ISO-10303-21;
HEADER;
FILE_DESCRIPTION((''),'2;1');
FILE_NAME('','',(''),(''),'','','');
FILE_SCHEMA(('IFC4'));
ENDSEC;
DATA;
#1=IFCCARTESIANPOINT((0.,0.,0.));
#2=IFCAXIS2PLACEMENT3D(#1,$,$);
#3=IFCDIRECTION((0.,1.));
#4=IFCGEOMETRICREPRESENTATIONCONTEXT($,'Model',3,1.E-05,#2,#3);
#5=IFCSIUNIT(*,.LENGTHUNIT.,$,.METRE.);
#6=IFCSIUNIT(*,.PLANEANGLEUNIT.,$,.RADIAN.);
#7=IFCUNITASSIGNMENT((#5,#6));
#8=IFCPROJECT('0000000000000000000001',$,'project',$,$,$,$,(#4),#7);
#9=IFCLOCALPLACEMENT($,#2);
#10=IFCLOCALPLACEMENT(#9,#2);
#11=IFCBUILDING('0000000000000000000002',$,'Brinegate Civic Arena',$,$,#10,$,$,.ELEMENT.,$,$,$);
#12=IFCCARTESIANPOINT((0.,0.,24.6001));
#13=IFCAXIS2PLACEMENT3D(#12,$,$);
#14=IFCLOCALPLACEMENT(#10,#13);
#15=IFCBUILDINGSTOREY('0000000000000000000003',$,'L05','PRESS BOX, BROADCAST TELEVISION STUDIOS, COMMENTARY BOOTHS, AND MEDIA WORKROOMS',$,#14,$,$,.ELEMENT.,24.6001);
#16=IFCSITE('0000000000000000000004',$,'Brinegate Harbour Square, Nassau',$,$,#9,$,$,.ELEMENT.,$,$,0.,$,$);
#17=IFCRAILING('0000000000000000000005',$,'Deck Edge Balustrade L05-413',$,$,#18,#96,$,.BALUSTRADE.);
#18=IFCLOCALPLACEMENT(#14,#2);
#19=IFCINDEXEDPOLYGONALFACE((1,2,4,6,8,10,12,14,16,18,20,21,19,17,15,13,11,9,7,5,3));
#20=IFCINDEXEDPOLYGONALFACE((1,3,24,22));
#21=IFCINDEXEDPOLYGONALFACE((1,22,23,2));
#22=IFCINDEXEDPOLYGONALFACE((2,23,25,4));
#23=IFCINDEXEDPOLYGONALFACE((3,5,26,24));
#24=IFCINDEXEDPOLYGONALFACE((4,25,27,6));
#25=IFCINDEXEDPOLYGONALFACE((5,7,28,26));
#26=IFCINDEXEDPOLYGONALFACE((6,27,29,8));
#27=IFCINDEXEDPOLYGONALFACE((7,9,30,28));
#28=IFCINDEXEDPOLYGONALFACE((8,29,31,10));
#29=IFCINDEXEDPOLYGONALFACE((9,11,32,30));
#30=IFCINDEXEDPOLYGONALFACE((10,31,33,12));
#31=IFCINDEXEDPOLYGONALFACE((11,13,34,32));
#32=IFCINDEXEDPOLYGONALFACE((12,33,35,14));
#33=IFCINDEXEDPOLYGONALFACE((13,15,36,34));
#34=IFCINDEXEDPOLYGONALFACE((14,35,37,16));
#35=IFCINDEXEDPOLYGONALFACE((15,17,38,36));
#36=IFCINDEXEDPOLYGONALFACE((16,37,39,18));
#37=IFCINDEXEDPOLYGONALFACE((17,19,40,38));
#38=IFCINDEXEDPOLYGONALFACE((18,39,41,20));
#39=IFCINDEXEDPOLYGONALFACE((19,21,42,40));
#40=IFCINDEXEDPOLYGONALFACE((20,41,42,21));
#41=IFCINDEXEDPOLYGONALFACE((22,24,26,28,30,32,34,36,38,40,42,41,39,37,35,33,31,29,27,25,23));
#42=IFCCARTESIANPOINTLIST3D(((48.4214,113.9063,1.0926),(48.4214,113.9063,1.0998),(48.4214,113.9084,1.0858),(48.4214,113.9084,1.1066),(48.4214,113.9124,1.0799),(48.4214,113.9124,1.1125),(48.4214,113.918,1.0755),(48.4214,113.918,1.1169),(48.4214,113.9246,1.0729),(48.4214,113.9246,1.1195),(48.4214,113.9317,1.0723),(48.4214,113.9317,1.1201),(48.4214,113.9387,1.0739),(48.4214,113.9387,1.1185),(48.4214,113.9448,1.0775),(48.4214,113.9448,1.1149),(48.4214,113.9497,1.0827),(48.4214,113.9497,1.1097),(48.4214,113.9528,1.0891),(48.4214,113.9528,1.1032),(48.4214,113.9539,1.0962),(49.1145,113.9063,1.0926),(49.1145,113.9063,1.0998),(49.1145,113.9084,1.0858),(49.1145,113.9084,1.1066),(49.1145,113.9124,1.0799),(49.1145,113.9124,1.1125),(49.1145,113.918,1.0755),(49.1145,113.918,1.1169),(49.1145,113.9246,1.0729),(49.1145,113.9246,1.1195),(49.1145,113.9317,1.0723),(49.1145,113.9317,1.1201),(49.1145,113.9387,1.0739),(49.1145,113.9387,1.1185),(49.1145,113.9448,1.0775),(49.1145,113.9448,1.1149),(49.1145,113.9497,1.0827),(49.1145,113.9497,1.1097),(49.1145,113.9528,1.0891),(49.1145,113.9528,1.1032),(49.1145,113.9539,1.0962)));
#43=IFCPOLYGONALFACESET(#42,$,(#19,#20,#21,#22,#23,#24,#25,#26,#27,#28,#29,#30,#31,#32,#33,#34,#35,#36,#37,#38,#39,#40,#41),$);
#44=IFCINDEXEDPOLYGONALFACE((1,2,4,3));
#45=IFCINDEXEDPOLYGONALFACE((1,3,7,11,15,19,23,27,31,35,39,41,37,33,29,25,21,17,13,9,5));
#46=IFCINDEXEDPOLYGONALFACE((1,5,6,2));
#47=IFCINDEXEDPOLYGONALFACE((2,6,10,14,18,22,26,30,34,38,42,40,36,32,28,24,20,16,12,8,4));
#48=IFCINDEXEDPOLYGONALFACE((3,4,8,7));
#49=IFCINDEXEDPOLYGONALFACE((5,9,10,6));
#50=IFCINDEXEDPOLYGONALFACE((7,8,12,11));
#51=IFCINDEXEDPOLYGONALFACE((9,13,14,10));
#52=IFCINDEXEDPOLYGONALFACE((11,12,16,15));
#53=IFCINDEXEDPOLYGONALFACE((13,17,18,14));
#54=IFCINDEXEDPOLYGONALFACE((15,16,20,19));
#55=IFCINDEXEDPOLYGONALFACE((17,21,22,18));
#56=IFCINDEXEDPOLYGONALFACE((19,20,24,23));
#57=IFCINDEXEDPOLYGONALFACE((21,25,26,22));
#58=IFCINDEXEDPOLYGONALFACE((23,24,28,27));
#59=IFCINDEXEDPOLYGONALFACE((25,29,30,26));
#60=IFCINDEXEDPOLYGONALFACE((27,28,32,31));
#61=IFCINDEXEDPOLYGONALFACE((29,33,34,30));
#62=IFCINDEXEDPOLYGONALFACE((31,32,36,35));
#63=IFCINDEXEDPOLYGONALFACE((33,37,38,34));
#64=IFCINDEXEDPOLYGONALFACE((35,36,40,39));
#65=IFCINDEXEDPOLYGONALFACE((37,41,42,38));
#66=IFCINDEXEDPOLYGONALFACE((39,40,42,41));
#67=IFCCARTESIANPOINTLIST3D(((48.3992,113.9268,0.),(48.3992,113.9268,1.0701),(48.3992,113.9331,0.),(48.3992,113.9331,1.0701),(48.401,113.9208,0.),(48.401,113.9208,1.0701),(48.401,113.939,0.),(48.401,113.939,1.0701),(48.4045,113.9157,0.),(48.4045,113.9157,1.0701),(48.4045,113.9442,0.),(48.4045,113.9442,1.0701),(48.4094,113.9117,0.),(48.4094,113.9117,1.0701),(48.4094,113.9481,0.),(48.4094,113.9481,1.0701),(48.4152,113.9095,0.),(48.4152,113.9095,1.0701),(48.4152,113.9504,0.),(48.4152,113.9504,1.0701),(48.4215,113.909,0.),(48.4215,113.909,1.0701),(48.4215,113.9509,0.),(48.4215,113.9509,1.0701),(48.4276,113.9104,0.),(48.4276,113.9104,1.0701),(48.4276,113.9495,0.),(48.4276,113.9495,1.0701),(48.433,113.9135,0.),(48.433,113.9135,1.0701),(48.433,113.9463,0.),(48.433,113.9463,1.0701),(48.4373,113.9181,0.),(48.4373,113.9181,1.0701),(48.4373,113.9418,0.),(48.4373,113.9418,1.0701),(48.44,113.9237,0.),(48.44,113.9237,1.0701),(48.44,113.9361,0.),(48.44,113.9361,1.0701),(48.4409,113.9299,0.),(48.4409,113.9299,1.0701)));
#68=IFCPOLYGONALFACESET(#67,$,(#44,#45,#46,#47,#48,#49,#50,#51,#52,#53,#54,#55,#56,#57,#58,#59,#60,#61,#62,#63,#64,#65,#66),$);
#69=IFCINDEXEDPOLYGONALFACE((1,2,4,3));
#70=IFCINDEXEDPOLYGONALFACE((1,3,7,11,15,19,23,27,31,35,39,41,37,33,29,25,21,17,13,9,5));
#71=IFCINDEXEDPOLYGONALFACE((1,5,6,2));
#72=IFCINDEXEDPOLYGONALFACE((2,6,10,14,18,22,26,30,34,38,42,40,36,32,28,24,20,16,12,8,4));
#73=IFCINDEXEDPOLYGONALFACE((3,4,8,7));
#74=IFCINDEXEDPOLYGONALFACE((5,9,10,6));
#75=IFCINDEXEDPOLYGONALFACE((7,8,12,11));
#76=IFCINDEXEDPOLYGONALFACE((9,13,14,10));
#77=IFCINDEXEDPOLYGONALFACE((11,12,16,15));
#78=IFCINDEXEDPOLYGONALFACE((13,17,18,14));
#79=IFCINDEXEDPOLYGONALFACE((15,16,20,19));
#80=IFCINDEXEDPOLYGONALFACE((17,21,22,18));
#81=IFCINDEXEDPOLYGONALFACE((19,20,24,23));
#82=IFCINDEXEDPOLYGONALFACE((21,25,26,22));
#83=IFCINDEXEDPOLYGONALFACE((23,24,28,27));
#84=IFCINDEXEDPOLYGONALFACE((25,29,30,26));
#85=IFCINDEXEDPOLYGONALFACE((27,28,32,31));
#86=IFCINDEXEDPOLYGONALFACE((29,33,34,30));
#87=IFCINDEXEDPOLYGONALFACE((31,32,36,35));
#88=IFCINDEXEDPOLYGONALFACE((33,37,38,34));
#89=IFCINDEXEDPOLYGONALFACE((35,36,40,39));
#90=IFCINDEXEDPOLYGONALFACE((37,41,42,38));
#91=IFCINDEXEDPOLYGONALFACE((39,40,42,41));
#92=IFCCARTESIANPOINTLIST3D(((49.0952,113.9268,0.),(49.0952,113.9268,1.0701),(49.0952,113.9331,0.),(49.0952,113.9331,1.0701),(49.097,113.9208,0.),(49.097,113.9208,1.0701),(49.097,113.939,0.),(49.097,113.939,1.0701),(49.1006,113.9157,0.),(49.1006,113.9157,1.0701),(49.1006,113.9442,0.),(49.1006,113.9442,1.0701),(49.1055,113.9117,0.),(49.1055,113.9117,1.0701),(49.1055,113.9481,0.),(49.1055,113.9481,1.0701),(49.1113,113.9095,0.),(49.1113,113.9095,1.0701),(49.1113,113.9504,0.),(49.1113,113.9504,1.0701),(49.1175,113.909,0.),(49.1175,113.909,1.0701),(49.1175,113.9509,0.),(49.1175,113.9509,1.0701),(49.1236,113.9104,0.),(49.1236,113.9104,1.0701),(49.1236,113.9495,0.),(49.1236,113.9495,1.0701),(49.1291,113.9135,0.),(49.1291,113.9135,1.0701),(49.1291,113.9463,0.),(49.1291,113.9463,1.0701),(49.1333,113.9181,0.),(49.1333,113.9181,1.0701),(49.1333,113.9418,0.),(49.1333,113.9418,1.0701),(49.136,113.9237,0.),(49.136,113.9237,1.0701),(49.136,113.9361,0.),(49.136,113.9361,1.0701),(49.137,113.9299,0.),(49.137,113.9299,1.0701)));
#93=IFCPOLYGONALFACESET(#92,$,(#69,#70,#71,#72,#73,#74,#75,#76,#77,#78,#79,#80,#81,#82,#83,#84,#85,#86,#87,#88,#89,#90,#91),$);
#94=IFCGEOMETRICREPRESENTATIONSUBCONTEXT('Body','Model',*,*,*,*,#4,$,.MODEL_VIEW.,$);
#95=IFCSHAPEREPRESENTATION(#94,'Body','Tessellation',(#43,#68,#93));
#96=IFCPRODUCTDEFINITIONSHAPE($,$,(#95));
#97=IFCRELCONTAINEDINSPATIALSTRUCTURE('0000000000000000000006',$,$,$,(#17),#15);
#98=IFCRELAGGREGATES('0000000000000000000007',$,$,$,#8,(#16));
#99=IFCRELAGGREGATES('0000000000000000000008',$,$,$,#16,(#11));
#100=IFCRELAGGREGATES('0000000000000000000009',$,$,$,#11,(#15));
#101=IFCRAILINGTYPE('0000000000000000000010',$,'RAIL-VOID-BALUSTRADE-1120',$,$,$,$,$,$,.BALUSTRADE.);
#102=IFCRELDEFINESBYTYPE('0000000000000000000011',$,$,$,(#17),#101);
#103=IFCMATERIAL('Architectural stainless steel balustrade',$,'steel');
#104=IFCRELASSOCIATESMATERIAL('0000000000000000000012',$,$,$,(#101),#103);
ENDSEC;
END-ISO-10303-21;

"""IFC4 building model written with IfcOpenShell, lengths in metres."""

from ifc_helpers import new_model, si_unit, direction, frame, origin, origin_2d, place, context, subcontext, project, spatial, circle, extrude, material, type_object, element, save


model = new_model("IFC4")

# Units and contexts
model_context = context("Model", 3, precision=1e-05, world=origin(), true_north=direction((0.0, 1.0)))
body_context = subcontext(model_context, "Body", "Model", "MODEL_VIEW")
ifc_project = project(units=[si_unit("LENGTHUNIT", "METRE"), si_unit("PLANEANGLEUNIT", "RADIAN")], contexts=[model_context])

# Site, building, storey
site_placement = place(None, origin())
site = spatial("IfcSite", under=ifc_project, at=site_placement, Name="Brinegate Harbour Square, Nassau", CompositionType="ELEMENT", RefElevation=0.0)
building_placement = place(site_placement, origin())
building = spatial("IfcBuilding", under=site, at=building_placement, Name="Brinegate Civic Arena", CompositionType="ELEMENT")
storey_placement = place(building_placement, frame((0.0, 0.0, 24.6001)))
storey = spatial("IfcBuildingStorey", under=building, at=storey_placement, Name="L05", Description="PRESS BOX, BROADCAST TELEVISION STUDIOS, COMMENTARY BOOTHS, AND MEDIA WORKROOMS", CompositionType="ELEMENT", Elevation=24.6001)

# Railing
ifc_material_1 = material(Name="Architectural stainless steel balustrade", Category="steel")
railing_type = type_object("IfcRailingType", Name="RAIL-VOID-BALUSTRADE-1120", PredefinedType="BALUSTRADE", material=ifc_material_1)
railing_1_placement = place(storey_placement, frame((48.4199, 113.9299, 0.0)))
element("IfcRailing", 1, at=railing_1_placement, inside=storey, type_object=railing_type, Name="Deck Edge Balustrade L05-413", PredefinedType="BALUSTRADE", context=body_context, shape_type="SweptSolid", body=[
    extrude(circle(Radius=0.0239, at=origin_2d()), frame((0.0015, 0.0, 1.0962), z_axis=(1.0, 0.0, 0.0), x_axis=(0.0, 1.0, 0.0)), (0.0, 0.0, 1.0), 0.6931),
    extrude(circle(Radius=0.021, at=origin_2d()), origin(), (0.0, 0.0, 1.0), 1.0701),
    extrude(circle(Radius=0.021, at=origin_2d()), frame((0.696, 0.0, 0.0)), (0.0, 0.0, 1.0), 1.0701),
])

save(model, "model.ifc")
